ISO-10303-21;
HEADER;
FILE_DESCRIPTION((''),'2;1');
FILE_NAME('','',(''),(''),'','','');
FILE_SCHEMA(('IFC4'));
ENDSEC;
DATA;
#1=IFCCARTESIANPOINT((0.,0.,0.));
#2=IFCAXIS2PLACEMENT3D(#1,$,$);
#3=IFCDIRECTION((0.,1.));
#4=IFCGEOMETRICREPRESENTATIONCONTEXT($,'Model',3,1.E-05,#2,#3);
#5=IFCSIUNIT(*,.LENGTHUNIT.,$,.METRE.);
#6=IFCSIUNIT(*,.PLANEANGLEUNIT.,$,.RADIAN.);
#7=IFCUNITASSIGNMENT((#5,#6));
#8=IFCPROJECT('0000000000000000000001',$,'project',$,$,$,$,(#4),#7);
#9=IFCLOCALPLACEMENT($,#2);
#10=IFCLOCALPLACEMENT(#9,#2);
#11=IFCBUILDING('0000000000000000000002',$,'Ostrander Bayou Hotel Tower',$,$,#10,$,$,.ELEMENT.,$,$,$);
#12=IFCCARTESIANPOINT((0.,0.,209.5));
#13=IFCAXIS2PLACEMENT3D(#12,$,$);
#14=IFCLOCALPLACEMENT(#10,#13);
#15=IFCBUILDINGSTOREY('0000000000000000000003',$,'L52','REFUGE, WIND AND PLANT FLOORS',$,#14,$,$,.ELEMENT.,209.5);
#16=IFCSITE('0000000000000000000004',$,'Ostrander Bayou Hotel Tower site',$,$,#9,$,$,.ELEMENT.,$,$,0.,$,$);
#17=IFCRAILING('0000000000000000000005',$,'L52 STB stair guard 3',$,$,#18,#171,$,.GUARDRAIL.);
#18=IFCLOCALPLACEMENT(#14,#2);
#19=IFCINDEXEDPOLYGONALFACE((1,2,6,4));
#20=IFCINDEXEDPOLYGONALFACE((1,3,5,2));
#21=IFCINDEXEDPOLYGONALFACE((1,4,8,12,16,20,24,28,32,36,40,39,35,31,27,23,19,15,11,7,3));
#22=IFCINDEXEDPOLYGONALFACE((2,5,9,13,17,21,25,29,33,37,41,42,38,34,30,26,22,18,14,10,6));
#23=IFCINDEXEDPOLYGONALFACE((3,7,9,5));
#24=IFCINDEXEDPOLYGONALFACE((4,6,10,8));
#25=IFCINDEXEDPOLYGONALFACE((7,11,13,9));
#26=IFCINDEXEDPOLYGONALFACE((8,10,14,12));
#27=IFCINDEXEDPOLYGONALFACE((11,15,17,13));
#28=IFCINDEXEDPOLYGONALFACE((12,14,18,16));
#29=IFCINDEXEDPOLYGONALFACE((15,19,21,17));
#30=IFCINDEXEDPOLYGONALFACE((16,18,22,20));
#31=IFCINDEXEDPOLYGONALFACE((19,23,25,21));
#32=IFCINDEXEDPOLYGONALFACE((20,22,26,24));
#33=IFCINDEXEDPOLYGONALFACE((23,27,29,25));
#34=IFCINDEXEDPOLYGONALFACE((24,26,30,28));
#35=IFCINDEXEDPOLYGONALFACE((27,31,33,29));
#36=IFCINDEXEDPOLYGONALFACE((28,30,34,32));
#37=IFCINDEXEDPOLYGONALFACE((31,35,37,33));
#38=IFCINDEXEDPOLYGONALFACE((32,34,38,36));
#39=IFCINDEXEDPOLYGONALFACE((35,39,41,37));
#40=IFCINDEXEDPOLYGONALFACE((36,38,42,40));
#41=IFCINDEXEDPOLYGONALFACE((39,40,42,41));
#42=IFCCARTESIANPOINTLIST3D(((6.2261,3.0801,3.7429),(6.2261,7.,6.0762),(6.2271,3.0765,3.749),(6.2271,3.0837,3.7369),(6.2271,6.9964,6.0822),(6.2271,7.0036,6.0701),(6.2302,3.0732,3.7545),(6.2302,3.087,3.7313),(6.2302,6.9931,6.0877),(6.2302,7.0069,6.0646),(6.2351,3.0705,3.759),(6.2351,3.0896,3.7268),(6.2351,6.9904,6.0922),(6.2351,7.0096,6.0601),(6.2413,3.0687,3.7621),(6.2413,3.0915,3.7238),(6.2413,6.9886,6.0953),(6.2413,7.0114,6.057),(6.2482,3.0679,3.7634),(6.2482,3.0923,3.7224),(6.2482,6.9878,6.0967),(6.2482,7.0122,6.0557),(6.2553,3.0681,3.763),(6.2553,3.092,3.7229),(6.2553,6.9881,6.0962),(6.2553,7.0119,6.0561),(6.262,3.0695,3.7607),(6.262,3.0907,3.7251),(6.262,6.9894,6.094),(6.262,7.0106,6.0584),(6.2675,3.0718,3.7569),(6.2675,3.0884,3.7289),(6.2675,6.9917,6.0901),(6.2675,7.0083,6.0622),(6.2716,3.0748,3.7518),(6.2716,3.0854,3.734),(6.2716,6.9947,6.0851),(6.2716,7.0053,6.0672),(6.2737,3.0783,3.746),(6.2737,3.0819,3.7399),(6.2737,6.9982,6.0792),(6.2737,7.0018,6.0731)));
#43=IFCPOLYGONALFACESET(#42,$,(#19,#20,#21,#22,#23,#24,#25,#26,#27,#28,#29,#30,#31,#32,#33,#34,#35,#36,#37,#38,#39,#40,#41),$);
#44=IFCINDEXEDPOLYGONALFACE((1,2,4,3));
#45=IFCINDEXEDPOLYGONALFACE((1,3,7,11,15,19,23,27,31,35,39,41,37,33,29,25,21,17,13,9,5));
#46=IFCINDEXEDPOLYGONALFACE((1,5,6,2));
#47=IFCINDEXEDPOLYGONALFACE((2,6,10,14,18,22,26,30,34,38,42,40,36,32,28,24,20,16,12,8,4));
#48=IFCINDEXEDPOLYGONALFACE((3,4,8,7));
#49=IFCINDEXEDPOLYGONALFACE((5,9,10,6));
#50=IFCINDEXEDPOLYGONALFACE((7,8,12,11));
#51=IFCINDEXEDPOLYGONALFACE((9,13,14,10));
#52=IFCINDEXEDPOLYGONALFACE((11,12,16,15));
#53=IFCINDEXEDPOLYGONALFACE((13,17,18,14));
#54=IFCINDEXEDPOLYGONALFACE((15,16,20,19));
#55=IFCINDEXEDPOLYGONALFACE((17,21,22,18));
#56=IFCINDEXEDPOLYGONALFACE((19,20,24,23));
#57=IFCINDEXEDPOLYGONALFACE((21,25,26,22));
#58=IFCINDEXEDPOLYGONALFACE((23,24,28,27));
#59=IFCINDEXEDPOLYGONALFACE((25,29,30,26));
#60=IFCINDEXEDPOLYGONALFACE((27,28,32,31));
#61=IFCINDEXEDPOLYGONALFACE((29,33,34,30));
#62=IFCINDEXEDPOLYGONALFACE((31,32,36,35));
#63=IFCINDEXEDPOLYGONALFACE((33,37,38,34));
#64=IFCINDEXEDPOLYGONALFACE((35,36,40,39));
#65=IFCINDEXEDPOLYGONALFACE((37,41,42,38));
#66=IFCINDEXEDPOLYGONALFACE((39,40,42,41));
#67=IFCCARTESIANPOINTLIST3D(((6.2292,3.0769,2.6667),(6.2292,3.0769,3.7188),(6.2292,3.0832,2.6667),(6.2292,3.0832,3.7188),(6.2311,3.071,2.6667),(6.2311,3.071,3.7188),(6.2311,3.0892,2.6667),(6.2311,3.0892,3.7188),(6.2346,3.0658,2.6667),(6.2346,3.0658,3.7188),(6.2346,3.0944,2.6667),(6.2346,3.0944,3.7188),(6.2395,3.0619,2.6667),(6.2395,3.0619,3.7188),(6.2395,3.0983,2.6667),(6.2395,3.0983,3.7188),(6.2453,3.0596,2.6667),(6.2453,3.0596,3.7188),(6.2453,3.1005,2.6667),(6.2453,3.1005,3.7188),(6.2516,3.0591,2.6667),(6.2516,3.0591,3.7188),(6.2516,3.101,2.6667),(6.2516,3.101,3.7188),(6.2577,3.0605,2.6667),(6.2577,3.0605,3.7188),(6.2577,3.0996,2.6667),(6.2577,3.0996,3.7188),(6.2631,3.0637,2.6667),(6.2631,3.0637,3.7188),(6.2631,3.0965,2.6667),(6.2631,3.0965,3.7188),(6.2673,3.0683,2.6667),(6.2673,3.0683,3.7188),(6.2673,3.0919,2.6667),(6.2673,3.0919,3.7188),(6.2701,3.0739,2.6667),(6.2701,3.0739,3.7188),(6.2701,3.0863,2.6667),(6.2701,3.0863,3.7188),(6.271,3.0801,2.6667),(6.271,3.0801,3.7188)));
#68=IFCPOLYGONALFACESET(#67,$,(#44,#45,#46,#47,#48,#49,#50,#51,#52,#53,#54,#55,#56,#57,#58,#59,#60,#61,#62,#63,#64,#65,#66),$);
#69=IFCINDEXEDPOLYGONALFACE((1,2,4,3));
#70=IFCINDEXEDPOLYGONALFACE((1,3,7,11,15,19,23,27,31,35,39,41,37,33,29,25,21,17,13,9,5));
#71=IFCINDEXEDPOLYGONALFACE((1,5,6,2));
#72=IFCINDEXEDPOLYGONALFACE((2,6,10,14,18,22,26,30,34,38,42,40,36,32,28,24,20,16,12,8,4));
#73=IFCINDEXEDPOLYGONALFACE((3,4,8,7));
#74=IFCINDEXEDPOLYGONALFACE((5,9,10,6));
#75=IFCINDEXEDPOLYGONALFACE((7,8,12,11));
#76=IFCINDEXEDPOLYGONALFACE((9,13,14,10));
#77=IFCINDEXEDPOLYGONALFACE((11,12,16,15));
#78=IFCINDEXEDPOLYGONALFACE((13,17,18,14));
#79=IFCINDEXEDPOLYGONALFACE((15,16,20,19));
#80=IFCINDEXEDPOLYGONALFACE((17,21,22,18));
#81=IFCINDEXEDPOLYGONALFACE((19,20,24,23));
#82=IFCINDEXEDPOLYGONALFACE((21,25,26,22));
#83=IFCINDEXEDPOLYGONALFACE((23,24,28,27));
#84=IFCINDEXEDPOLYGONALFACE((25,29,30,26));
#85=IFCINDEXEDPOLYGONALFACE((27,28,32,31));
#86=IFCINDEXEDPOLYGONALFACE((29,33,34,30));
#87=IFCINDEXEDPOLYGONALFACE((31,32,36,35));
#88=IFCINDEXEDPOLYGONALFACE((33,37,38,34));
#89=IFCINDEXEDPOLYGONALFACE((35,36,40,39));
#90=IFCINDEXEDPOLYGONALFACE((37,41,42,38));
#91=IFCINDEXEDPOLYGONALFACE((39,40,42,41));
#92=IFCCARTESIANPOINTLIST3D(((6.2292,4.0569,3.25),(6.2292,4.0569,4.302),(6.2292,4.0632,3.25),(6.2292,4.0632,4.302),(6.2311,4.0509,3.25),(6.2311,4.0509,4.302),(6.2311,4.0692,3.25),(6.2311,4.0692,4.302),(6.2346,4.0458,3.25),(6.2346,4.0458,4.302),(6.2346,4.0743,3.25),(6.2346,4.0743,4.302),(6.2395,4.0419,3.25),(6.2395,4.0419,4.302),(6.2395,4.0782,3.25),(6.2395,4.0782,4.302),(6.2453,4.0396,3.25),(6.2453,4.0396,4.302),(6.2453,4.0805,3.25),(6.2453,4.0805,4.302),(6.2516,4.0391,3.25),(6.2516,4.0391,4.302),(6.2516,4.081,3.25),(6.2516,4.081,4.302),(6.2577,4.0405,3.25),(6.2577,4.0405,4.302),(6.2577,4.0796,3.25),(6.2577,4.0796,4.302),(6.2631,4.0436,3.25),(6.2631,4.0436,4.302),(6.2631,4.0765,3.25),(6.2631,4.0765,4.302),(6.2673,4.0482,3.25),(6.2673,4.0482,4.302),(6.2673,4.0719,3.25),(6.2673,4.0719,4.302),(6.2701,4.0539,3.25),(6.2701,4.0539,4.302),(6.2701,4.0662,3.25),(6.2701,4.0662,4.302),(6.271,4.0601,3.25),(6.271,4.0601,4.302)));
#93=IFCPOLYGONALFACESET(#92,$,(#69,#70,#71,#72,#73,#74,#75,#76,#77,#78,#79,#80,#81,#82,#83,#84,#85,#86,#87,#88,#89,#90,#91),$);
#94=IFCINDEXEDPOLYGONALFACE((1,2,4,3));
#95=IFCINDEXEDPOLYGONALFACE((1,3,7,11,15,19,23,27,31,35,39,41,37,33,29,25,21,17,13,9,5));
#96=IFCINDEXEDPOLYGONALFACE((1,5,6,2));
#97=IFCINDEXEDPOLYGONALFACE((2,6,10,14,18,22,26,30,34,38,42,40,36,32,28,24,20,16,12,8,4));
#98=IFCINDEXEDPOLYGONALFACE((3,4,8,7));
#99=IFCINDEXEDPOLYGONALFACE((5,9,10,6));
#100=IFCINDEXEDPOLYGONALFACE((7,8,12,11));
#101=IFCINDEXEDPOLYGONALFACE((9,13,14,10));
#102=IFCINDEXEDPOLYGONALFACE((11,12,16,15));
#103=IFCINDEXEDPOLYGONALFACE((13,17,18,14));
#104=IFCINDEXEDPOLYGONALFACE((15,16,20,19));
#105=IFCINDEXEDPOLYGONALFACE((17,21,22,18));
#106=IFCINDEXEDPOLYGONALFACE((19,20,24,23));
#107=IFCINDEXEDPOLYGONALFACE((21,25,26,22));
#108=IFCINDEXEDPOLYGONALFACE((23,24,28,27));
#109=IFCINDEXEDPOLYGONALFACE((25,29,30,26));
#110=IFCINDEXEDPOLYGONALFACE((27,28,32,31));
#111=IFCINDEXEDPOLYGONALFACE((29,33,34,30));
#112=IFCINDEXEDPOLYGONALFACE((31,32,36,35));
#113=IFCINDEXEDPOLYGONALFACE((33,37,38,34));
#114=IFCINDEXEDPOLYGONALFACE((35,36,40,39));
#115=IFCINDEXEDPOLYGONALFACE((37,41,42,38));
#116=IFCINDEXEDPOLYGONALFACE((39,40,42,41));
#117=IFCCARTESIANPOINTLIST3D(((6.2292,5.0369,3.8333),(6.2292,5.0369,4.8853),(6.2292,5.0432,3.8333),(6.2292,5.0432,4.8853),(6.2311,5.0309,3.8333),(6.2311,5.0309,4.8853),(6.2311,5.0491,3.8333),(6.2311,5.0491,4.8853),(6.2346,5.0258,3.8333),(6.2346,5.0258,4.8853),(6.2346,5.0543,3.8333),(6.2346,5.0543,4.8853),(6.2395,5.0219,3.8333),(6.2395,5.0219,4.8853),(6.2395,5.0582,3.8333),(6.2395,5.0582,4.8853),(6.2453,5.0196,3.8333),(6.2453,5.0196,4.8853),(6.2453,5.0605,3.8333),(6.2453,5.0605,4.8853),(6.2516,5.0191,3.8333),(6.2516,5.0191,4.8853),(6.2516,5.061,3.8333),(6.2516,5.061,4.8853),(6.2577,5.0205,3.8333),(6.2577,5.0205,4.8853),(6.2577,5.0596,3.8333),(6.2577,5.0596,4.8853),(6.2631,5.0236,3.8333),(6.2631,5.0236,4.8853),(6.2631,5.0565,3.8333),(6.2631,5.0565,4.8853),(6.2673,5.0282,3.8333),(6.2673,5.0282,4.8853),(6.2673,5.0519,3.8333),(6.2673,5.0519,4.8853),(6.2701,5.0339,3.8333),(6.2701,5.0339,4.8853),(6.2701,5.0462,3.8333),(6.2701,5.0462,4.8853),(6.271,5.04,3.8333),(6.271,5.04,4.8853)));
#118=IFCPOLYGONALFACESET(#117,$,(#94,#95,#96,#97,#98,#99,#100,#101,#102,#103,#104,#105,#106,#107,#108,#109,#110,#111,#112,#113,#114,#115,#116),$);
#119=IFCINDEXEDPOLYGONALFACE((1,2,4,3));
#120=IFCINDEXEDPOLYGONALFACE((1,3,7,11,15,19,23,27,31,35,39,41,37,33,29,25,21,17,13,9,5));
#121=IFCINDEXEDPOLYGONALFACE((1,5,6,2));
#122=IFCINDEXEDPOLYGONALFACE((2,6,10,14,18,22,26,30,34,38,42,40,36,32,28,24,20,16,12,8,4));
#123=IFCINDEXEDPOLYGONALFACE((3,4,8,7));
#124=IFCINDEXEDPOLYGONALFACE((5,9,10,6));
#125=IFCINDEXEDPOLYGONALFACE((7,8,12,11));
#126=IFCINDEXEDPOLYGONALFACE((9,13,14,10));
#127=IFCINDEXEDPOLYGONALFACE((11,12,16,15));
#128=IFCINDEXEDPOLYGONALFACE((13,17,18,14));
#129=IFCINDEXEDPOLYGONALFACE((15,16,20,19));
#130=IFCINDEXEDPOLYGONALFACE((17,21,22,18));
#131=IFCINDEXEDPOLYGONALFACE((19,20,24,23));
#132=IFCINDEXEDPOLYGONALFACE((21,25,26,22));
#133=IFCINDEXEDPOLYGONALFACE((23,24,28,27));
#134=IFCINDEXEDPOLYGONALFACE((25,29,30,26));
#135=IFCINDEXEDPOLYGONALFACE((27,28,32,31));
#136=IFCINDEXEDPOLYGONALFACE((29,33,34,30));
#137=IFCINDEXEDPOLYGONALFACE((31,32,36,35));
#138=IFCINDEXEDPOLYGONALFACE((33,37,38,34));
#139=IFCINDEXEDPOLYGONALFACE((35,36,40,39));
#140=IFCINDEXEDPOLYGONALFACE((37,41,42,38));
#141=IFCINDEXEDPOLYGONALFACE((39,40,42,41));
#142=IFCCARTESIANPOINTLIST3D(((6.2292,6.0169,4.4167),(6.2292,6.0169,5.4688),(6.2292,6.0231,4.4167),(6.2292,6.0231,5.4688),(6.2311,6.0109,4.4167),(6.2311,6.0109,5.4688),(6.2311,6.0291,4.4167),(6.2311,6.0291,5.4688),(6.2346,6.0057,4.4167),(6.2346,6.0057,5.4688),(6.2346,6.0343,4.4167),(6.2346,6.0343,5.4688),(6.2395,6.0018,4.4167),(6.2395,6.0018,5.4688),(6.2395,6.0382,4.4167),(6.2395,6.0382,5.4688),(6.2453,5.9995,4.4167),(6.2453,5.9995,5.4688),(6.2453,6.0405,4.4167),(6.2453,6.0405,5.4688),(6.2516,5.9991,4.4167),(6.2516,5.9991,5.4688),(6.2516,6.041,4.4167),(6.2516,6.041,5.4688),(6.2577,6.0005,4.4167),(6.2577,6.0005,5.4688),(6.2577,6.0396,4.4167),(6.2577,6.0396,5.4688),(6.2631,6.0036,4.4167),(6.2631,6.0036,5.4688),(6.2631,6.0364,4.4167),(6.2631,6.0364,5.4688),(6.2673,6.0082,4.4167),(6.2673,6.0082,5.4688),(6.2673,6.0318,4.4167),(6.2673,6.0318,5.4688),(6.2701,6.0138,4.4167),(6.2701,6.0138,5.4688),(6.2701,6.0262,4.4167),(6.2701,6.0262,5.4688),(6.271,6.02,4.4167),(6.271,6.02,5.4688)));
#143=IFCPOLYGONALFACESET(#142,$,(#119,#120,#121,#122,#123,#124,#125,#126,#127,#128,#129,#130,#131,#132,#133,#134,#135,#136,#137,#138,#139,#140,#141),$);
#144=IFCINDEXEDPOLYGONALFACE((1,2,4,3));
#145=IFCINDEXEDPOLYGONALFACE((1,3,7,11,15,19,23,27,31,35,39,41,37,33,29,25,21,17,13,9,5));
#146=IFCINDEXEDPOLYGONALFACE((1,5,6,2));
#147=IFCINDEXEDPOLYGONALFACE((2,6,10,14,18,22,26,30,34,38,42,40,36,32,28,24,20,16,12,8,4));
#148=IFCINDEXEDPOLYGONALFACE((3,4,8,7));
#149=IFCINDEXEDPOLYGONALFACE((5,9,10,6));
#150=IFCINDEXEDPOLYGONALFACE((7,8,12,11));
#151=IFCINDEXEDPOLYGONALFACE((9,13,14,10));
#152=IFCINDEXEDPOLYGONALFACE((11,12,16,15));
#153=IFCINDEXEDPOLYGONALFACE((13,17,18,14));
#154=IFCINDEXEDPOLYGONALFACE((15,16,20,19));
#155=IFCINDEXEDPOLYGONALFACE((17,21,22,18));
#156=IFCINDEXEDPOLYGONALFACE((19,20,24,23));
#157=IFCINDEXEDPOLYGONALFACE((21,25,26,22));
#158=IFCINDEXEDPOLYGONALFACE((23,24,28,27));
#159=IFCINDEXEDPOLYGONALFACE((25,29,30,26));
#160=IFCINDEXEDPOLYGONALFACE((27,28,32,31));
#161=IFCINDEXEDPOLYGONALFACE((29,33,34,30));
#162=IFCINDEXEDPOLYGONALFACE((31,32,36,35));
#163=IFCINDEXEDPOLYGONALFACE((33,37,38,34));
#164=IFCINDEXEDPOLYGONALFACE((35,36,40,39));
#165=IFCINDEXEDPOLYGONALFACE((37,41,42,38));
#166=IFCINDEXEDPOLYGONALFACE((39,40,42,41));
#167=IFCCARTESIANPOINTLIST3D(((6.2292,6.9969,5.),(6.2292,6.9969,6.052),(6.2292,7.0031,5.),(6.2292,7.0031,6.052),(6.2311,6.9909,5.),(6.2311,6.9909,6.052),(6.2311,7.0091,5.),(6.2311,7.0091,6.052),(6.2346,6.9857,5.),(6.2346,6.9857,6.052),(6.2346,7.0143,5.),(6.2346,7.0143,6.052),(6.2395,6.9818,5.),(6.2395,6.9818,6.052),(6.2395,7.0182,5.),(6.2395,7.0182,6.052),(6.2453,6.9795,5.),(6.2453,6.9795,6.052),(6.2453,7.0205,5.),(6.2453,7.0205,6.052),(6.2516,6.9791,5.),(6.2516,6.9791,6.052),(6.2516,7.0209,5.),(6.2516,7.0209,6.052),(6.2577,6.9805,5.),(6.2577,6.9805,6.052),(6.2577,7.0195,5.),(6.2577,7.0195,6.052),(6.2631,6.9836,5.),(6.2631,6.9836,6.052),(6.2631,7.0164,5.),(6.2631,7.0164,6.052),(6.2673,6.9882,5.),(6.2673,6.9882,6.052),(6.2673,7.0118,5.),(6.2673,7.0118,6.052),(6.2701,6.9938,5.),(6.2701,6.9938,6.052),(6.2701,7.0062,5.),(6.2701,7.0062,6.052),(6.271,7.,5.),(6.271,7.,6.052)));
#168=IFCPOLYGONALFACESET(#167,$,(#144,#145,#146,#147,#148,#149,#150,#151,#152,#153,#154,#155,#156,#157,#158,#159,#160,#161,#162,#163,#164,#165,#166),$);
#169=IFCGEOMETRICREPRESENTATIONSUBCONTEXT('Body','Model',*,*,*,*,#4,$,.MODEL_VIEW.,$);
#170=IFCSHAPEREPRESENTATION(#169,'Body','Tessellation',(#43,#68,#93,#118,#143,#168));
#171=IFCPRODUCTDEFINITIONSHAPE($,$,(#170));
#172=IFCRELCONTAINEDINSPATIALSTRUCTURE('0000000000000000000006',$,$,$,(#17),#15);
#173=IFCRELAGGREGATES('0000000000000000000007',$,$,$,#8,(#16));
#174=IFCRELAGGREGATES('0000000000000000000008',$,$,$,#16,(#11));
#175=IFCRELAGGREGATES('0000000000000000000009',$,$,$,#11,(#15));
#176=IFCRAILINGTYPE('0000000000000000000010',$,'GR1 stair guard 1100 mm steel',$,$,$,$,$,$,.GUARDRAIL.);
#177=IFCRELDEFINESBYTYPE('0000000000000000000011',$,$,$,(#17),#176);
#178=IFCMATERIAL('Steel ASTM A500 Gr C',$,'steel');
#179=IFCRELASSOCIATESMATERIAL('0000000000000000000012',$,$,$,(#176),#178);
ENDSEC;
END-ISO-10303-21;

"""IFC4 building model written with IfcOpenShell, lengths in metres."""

from ifc_helpers import new_model, si_unit, direction, frame, origin, origin_2d, place, context, subcontext, project, spatial, circle, extrude, material, type_object, element, save


model = new_model("IFC4")

# Units and contexts
model_context = context("Model", 3, precision=1e-05, world=origin(), true_north=direction((0.0, 1.0)))
body_context = subcontext(model_context, "Body", "Model", "MODEL_VIEW")
ifc_project = project(units=[si_unit("LENGTHUNIT", "METRE"), si_unit("PLANEANGLEUNIT", "RADIAN")], contexts=[model_context])

# Site, building, storey
site_placement = place(None, origin())
site = spatial("IfcSite", under=ifc_project, at=site_placement, Name="Ostrander Bayou Hotel Tower site", CompositionType="ELEMENT", RefElevation=0.0)
building_placement = place(site_placement, origin())
building = spatial("IfcBuilding", under=site, at=building_placement, Name="Ostrander Bayou Hotel Tower", CompositionType="ELEMENT")
storey_placement = place(building_placement, frame((0.0, 0.0, 209.5)))
storey = spatial("IfcBuildingStorey", under=building, at=storey_placement, Name="L52", Description="REFUGE, WIND AND PLANT FLOORS", CompositionType="ELEMENT", Elevation=209.5)

# Railing
ifc_material_1 = material(Name="Steel ASTM A500 Gr C", Category="steel")
railing_type_1 = type_object("IfcRailingType", Name="GR1 stair guard 1100 mm steel", PredefinedType="GUARDRAIL", material=ifc_material_1)
railing_1_placement = place(storey_placement, frame((6.25, 3.0801, 2.6667)))
element("IfcRailing", 1, at=railing_1_placement, inside=storey, type_object=railing_type_1, Name="L52 STB stair guard 3", PredefinedType="GUARDRAIL", context=body_context, shape_type="SweptSolid", body=[
    extrude(circle(Radius=0.0239, at=origin_2d()), frame((0.0, 0.0, 1.0762), z_axis=(0.0, 0.859296, 0.511478), x_axis=(-1.0, 0.0, 0.0)), (0.0, 0.0, 1.0), 4.5618),
    extrude(circle(Radius=0.021, at=origin_2d()), origin(), (0.0, 0.0, 1.0), 1.052),
    extrude(circle(Radius=0.021, at=origin_2d()), frame((0.0, 0.98, 0.5833)), (0.0, 0.0, 1.0), 1.052),
    extrude(circle(Radius=0.021, at=origin_2d()), frame((0.0, 1.96, 1.1665)), (0.0, 0.0, 1.0), 1.052),
    extrude(circle(Radius=0.021, at=origin_2d()), frame((0.0, 2.9399, 1.75)), (0.0, 0.0, 1.0), 1.052),
    extrude(circle(Radius=0.021, at=origin_2d()), frame((0.0, 3.9199, 2.3333)), (0.0, 0.0, 1.0), 1.052),
])

save(model, "model.ifc")
